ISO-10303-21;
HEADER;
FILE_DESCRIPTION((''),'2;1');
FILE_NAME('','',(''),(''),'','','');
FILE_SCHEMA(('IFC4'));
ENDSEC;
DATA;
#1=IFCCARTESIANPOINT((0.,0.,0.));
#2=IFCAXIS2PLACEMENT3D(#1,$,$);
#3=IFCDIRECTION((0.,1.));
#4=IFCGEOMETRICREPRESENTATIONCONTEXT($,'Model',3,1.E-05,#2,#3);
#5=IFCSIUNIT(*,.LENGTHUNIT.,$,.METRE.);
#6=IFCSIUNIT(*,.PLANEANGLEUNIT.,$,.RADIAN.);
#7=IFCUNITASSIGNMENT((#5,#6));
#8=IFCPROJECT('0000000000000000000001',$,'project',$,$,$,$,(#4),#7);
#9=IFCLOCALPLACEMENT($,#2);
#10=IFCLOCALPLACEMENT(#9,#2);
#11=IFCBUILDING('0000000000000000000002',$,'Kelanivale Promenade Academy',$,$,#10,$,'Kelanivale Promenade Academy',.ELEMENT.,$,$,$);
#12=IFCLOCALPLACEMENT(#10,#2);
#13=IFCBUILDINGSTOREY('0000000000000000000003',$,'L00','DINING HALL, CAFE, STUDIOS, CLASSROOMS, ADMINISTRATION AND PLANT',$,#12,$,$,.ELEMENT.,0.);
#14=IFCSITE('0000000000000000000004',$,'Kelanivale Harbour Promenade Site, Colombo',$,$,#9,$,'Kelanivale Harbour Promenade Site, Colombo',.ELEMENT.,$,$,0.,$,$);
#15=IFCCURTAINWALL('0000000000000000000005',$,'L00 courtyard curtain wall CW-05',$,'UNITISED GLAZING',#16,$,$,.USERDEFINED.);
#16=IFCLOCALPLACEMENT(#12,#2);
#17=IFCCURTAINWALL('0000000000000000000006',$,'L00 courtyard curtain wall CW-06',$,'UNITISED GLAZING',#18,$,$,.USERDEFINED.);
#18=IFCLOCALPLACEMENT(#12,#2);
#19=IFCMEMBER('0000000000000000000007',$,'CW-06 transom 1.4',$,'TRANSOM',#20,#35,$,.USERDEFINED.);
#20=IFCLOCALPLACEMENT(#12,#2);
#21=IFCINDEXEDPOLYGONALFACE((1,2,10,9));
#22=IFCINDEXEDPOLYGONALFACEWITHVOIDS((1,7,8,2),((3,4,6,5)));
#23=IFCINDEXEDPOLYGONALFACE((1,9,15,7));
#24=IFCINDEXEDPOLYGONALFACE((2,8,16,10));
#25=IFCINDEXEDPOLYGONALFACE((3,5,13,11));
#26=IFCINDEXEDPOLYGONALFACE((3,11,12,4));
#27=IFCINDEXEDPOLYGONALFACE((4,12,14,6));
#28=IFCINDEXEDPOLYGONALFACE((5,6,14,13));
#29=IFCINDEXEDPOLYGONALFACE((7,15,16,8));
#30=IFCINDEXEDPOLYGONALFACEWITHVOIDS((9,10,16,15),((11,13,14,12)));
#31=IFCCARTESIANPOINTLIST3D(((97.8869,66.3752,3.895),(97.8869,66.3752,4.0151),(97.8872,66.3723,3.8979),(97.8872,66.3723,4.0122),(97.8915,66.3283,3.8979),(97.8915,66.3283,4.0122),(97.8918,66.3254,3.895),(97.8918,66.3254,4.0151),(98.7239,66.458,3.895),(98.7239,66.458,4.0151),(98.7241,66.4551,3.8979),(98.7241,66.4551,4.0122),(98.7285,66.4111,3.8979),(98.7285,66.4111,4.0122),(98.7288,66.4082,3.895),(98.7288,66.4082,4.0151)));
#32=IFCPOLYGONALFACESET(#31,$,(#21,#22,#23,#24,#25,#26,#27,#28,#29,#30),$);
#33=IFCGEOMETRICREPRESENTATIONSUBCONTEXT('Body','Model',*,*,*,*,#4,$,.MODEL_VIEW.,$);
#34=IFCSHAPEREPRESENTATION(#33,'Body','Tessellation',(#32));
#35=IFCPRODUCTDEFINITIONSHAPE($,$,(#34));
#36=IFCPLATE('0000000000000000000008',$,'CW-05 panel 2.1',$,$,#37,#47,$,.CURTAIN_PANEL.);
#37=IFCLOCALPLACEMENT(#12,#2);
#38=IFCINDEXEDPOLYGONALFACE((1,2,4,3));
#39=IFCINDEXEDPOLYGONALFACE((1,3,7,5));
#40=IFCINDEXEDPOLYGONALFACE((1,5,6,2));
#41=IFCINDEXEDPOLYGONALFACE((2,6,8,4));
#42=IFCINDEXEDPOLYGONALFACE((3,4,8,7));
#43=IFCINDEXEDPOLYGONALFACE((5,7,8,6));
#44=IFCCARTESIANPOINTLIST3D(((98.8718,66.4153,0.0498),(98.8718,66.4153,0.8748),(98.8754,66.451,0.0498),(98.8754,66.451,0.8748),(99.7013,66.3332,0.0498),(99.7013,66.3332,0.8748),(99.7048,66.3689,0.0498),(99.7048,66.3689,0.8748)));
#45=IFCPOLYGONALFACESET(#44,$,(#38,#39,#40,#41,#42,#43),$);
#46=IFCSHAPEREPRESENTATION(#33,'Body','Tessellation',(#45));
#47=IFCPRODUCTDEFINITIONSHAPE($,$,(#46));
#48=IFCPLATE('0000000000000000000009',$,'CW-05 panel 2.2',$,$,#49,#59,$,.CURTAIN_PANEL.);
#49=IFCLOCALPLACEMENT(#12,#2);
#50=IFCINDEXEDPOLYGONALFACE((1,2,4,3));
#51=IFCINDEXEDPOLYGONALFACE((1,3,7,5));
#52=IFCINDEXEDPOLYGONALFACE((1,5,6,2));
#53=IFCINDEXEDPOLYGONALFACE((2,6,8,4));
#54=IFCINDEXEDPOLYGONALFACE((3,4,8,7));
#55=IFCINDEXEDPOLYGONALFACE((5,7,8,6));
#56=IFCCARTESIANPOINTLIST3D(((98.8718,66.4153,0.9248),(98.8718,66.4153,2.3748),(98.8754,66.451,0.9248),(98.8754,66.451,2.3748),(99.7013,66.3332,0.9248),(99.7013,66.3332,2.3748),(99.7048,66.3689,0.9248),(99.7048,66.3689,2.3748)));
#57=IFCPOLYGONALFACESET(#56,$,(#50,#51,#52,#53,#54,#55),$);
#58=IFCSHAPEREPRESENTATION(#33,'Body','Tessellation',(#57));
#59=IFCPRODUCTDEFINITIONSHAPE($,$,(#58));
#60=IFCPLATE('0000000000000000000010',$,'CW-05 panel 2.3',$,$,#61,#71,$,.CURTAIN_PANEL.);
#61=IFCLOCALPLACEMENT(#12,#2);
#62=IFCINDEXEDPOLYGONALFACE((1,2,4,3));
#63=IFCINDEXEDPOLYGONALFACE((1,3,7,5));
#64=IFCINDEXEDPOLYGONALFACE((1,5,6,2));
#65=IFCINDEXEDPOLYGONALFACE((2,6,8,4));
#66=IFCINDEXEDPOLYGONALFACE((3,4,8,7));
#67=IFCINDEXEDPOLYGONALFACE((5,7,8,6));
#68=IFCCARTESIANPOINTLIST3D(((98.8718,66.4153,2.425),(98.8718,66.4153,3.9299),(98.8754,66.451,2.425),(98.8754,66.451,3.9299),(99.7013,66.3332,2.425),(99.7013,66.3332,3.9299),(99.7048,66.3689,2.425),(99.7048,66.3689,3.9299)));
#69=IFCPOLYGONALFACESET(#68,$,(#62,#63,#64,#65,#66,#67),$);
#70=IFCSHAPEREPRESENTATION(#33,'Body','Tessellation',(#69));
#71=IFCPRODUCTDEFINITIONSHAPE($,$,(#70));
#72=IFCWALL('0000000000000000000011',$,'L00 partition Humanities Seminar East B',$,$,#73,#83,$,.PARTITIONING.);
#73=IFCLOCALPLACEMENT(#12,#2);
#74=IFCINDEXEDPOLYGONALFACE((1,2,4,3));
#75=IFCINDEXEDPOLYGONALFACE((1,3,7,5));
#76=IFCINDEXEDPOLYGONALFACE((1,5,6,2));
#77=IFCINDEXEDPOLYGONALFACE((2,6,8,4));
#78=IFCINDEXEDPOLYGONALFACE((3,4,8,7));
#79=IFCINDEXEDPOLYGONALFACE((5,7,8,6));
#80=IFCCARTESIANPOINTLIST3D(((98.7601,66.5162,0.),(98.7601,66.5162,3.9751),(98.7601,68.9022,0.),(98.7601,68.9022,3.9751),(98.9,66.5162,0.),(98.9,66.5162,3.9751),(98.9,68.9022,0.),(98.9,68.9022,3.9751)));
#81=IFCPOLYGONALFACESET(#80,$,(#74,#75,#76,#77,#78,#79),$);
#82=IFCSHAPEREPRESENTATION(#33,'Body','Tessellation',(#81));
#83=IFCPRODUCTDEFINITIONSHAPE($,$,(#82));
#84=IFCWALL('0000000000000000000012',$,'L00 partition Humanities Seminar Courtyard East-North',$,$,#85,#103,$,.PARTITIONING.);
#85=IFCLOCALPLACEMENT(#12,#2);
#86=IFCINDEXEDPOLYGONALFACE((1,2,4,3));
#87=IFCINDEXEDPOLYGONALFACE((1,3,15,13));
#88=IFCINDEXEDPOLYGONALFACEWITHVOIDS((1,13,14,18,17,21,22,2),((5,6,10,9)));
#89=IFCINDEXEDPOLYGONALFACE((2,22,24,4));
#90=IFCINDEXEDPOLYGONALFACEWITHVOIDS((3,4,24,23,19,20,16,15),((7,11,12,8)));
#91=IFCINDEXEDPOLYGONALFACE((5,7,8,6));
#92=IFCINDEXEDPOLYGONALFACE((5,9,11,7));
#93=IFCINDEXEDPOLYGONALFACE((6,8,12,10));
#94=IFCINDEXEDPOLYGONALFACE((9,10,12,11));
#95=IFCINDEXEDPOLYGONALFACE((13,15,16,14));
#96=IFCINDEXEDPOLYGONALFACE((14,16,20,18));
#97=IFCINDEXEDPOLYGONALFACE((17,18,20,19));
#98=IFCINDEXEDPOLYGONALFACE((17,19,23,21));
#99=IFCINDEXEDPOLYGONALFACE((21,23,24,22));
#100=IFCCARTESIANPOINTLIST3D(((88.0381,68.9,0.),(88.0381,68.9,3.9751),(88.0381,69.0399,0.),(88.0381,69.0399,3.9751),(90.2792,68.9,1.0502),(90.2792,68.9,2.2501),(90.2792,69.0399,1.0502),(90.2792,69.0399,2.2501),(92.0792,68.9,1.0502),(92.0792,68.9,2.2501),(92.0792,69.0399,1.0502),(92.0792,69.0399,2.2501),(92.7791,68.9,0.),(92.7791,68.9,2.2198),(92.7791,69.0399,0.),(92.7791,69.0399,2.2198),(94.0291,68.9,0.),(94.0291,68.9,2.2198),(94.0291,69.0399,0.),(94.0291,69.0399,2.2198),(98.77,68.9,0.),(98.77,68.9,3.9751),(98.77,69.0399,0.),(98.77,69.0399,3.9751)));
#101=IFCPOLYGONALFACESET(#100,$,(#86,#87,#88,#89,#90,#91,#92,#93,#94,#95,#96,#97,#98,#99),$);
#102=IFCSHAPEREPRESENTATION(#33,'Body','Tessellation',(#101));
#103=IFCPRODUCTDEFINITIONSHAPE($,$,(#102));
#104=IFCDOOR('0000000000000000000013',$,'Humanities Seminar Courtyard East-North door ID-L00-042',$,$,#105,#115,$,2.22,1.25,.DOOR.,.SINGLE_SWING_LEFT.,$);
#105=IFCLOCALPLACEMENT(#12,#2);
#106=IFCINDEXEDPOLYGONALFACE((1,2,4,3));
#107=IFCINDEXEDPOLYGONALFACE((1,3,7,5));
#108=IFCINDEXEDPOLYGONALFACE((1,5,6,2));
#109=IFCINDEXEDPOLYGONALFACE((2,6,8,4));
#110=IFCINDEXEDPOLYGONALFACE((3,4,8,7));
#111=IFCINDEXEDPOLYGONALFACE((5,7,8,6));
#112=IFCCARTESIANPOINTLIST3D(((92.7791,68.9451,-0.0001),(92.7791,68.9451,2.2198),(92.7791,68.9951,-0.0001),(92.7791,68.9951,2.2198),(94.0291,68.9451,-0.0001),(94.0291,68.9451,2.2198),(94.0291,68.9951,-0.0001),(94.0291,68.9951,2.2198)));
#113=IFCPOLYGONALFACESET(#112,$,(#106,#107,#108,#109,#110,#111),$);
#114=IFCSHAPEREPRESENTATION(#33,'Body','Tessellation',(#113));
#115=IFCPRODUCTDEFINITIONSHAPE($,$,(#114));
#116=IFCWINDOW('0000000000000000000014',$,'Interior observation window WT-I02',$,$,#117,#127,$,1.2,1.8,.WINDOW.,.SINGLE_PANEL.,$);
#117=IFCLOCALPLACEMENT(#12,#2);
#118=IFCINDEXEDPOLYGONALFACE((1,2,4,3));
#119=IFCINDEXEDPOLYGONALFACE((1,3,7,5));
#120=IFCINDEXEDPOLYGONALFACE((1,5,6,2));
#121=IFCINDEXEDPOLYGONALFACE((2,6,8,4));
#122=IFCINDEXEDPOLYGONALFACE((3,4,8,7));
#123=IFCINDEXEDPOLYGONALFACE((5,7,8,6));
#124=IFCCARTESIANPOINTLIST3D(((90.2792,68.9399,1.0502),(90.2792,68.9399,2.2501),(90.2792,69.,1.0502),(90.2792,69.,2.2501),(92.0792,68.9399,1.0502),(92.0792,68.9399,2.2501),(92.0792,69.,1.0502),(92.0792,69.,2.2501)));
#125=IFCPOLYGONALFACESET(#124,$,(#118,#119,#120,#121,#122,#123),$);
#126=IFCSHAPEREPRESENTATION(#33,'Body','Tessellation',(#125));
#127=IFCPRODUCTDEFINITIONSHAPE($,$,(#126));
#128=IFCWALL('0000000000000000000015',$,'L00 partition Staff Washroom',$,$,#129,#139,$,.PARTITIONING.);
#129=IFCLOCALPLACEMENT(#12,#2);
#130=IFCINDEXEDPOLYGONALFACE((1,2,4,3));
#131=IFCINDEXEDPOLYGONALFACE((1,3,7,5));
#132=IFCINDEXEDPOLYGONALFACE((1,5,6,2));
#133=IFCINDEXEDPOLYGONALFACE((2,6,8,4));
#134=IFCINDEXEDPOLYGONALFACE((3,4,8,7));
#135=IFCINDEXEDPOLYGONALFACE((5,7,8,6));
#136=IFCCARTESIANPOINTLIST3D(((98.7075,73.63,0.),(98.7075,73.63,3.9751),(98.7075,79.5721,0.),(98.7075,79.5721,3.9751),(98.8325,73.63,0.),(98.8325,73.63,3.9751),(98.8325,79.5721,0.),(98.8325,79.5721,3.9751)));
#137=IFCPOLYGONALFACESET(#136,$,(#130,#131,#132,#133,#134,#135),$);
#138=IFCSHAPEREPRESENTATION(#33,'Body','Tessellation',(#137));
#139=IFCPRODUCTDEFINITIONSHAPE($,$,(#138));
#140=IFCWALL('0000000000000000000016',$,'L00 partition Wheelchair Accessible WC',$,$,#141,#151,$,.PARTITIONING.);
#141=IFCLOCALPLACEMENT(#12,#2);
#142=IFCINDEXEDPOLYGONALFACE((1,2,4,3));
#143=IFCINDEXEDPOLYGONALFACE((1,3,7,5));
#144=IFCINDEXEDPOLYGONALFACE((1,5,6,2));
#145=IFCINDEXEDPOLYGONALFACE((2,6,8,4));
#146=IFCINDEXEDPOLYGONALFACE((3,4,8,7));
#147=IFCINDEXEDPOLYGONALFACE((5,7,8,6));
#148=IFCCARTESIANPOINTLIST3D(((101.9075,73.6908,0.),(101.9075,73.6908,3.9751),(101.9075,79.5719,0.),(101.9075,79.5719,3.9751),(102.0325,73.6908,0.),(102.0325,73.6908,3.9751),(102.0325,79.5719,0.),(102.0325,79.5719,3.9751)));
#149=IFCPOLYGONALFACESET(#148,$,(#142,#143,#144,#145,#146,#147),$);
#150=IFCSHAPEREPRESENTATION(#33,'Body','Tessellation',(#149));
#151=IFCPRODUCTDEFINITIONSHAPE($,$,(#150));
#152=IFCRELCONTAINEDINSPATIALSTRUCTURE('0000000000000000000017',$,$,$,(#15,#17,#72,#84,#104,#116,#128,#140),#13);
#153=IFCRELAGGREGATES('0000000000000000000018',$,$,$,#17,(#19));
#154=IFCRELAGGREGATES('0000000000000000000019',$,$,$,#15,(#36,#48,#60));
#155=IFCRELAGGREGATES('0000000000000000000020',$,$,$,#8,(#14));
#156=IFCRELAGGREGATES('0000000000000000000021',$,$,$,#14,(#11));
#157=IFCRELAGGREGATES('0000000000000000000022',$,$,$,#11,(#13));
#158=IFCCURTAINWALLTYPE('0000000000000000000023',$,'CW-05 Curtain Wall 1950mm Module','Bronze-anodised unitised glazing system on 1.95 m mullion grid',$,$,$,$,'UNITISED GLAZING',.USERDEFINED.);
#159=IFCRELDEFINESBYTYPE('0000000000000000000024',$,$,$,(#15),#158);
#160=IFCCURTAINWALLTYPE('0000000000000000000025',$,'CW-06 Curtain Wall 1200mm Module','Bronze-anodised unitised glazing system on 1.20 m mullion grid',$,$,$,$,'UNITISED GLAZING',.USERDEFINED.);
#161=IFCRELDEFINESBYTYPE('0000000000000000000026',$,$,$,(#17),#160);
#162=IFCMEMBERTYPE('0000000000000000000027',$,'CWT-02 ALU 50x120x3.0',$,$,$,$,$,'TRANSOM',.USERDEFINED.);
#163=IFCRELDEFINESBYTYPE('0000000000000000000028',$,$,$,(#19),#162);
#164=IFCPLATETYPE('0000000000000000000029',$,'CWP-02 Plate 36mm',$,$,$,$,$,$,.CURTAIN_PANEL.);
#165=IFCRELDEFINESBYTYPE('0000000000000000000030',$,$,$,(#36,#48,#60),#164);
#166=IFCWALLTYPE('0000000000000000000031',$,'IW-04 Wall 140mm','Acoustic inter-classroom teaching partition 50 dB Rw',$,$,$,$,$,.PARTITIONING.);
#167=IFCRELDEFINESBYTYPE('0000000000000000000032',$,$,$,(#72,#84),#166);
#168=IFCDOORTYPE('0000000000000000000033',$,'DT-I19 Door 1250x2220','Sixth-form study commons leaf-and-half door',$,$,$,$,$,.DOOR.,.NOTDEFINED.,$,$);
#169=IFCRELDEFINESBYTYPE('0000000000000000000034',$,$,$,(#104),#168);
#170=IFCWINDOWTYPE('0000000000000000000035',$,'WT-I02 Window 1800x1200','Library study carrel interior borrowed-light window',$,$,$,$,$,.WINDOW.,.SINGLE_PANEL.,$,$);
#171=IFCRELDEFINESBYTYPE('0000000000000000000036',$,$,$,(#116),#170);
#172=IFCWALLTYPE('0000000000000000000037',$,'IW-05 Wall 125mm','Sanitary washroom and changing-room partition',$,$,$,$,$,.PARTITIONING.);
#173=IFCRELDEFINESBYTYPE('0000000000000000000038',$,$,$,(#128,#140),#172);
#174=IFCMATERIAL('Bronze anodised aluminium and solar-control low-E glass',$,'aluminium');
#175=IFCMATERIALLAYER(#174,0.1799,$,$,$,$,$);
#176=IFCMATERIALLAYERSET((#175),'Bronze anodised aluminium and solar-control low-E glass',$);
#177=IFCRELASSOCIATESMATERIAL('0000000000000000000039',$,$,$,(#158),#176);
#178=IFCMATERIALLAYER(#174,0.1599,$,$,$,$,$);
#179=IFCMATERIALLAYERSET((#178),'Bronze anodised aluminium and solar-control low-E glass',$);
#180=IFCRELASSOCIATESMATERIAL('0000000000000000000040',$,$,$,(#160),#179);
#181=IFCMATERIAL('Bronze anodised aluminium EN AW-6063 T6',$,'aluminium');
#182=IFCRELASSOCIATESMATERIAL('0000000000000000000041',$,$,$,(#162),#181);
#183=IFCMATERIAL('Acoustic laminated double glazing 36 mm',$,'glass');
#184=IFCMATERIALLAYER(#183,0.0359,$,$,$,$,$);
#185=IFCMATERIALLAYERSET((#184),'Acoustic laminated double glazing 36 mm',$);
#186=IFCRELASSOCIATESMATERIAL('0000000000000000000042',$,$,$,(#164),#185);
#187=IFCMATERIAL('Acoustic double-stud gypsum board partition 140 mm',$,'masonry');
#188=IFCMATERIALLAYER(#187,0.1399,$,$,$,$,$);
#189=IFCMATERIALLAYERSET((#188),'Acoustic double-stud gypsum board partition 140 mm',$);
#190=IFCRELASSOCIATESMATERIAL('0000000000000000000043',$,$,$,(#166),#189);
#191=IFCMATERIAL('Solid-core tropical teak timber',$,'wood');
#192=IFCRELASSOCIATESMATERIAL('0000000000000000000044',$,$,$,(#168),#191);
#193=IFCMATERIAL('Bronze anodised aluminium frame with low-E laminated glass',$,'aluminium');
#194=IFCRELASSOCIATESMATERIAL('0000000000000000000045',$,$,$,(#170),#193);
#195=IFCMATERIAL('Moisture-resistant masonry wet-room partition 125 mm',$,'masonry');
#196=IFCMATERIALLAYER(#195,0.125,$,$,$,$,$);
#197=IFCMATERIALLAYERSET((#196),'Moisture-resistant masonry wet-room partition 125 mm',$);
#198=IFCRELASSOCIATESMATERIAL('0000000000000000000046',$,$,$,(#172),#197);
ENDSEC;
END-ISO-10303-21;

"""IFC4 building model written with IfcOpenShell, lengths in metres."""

from ifc_helpers import new_model, si_unit, direction, frame, frame_2d, origin, origin_2d, place, context, subcontext, project, spatial, rectangle, hollow_rectangle, extrude, material, layer, layer_set, material_profile, profile_set, type_object, element, fill, aggregate, save


model = new_model("IFC4")

# Units and contexts
model_context = context("Model", 3, precision=1e-05, world=origin(), true_north=direction((0.0, 1.0)))
body_context = subcontext(model_context, "Body", "Model", "MODEL_VIEW")
ifc_project = project(units=[si_unit("LENGTHUNIT", "METRE"), si_unit("PLANEANGLEUNIT", "RADIAN")], contexts=[model_context])

# Site, building, storey
site_placement = place(None, origin())
site = spatial("IfcSite", under=ifc_project, at=site_placement, Name="Kelanivale Harbour Promenade Site, Colombo", LongName="Kelanivale Harbour Promenade Site, Colombo", CompositionType="ELEMENT", RefElevation=0.0)
building_placement = place(site_placement, origin())
building = spatial("IfcBuilding", under=site, at=building_placement, Name="Kelanivale Promenade Academy", LongName="Kelanivale Promenade Academy", CompositionType="ELEMENT")
storey_placement = place(building_placement, origin())
storey = spatial("IfcBuildingStorey", under=building, at=storey_placement, Name="L00", Description="DINING HALL, CAFE, STUDIOS, CLASSROOMS, ADMINISTRATION AND PLANT", CompositionType="ELEMENT", Elevation=0.0)

# Curtain wall
ifc_material_1 = material(Name="Bronze anodised aluminium and solar-control low-E glass", Category="aluminium")
ifc_layer_1 = layer(ifc_material_1, 0.1799)
ifc_layer_set_1 = layer_set([ifc_layer_1], Name="Bronze anodised aluminium and solar-control low-E glass")
curtain_wall_type_1 = type_object("IfcCurtainWallType", Name="CW-05 Curtain Wall 1950mm Module", Description="Bronze-anodised unitised glazing system on 1.95 m mullion grid", ElementType="UNITISED GLAZING", PredefinedType="USERDEFINED", material=ifc_layer_set_1)
curtain_wall_1_placement = place(storey_placement, origin())
curtain_wall_1 = element("IfcCurtainWall", 1, at=curtain_wall_1_placement, inside=storey, type_object=curtain_wall_type_1, Name="L00 courtyard curtain wall CW-05", ObjectType="UNITISED GLAZING", PredefinedType="USERDEFINED")
ifc_material_2 = material(Name="Bronze anodised aluminium EN AW-6063 T6", Category="aluminium")

# Curtain wall
ifc_layer_2 = layer(ifc_material_1, 0.1599)
ifc_layer_set_2 = layer_set([ifc_layer_2], Name="Bronze anodised aluminium and solar-control low-E glass")
curtain_wall_type_2 = type_object("IfcCurtainWallType", Name="CW-06 Curtain Wall 1200mm Module", Description="Bronze-anodised unitised glazing system on 1.20 m mullion grid", ElementType="UNITISED GLAZING", PredefinedType="USERDEFINED", material=ifc_layer_set_2)
curtain_wall_2_placement = place(storey_placement, origin())
curtain_wall_2 = element("IfcCurtainWall", 2, at=curtain_wall_2_placement, inside=storey, type_object=curtain_wall_type_2, Name="L00 courtyard curtain wall CW-06", ObjectType="UNITISED GLAZING", PredefinedType="USERDEFINED")

# Member
ifc_material_profile_1 = material_profile(ifc_material_2, hollow_rectangle(XDim=0.05, YDim=0.1201, WallThickness=0.0029, at=origin_2d()), Name="ALU 50x120x3.0")
ifc_profile_set_1 = profile_set([ifc_material_profile_1], Name="Bronze anodised aluminium EN AW-6063 T6")
member_type_1 = type_object("IfcMemberType", Name="CWT-02 ALU 50x120x3.0", ElementType="TRANSOM", PredefinedType="USERDEFINED", material=ifc_profile_set_1)
member_1_placement = place(storey_placement, frame((98.7263, 66.4331, 3.9551), z_axis=(-0.995146, -0.098411, 0.0), x_axis=(0.098411, -0.995146, 0.0)))
member_1 = element("IfcMember", 3, at=member_1_placement, type_object=member_type_1, Name="CW-06 transom 1.4", ObjectType="TRANSOM", PredefinedType="USERDEFINED", context=body_context, shape_type="SweptSolid", body=[
    extrude(hollow_rectangle(XDim=0.05, YDim=0.1201, WallThickness=0.0029, at=origin_2d()), origin(), (0.0, 0.0, 1.0), 0.8411),
])
aggregate(curtain_wall_2, [member_1])

# Plates
ifc_material_3 = material(Name="Acoustic laminated double glazing 36 mm", Category="glass")
ifc_layer_3 = layer(ifc_material_3, 0.0359)
ifc_layer_set_3 = layer_set([ifc_layer_3], Name="Acoustic laminated double glazing 36 mm")
plate_type = type_object("IfcPlateType", Name="CWP-02 Plate 36mm", PredefinedType="CURTAIN_PANEL", material=ifc_layer_set_3)
plate_1_placement = place(storey_placement, frame((99.2883, 66.3921, 0.0498), z_axis=(0.0, 0.0, 1.0), x_axis=(-0.995133, 0.098539, 0.0)))
plate_1 = element("IfcPlate", 4, at=plate_1_placement, type_object=plate_type, Name="CW-05 panel 2.1", PredefinedType="CURTAIN_PANEL", context=body_context, shape_type="SweptSolid", body=[
    extrude(rectangle(XDim=0.8335, YDim=0.0359, at=origin_2d()), origin(), (0.0, 0.0, 1.0), 0.825),
])
plate_2_placement = place(storey_placement, frame((99.2883, 66.3921, 0.9248), z_axis=(0.0, 0.0, 1.0), x_axis=(-0.995133, 0.098539, 0.0)))
plate_2 = element("IfcPlate", 5, at=plate_2_placement, type_object=plate_type, Name="CW-05 panel 2.2", PredefinedType="CURTAIN_PANEL", context=body_context, shape_type="SweptSolid", body=[
    extrude(rectangle(XDim=0.8335, YDim=0.0359, at=origin_2d()), origin(), (0.0, 0.0, 1.0), 1.45),
])
plate_3_placement = place(storey_placement, frame((99.2883, 66.3921, 2.425), z_axis=(0.0, 0.0, 1.0), x_axis=(-0.995133, 0.098539, 0.0)))
plate_3 = element("IfcPlate", 6, at=plate_3_placement, type_object=plate_type, Name="CW-05 panel 2.3", PredefinedType="CURTAIN_PANEL", context=body_context, shape_type="SweptSolid", body=[
    extrude(rectangle(XDim=0.8335, YDim=0.0359, at=origin_2d()), origin(), (0.0, 0.0, 1.0), 1.5049),
])
aggregate(curtain_wall_1, [plate_1, plate_2, plate_3])

# Wall
ifc_material_4 = material(Name="Acoustic double-stud gypsum board partition 140 mm", Category="masonry")
ifc_layer_4 = layer(ifc_material_4, 0.1399)
ifc_layer_set_4 = layer_set([ifc_layer_4], Name="Acoustic double-stud gypsum board partition 140 mm")
wall_type_1 = type_object("IfcWallType", Name="IW-04 Wall 140mm", Description="Acoustic inter-classroom teaching partition 50 dB Rw", PredefinedType="PARTITIONING", material=ifc_layer_set_4)
wall_1_placement = place(storey_placement, frame((98.8301, 68.9021, 0.0), z_axis=(0.0, 0.0, 1.0), x_axis=(0.0, -1.0, 0.0)))
element("IfcWall", 7, at=wall_1_placement, inside=storey, type_object=wall_type_1, Name="L00 partition Humanities Seminar East B", PredefinedType="PARTITIONING", context=body_context, shape_type="SweptSolid", body=[
    extrude(rectangle(XDim=2.386, YDim=0.1399, at=frame_2d((1.1929, 0.0))), origin(), (0.0, 0.0, 1.0), 3.9751),
])

# Wall, openings, door, window
wall_2_placement = place(storey_placement, frame((98.77, 68.97, 0.0), z_axis=(0.0, 0.0, 1.0), x_axis=(-1.0, 0.0, 0.0)))
wall_2 = element("IfcWall", 8, at=wall_2_placement, inside=storey, type_object=wall_type_1, Name="L00 partition Humanities Seminar Courtyard East-North", PredefinedType="PARTITIONING", context=body_context, shape_type="SweptSolid", body=[
    extrude(rectangle(XDim=10.7319, YDim=0.1399, at=frame_2d((5.366, 0.0))), origin(), (0.0, 0.0, 1.0), 3.9751),
])
opening_1_placement = place(wall_2_placement, frame((4.741, 0.0, 0.0)))
opening_1 = element("IfcOpeningElement", 9, at=opening_1_placement, cuts=wall_2, PredefinedType="OPENING", context=body_context, shape_type="SweptSolid", body=[
    extrude(rectangle(XDim=1.25, YDim=2.22, at=frame_2d((0.625, 1.1099))), frame((0.0, 0.0801, 0.0), z_axis=(0.0, -1.0, 0.0), x_axis=(1.0, 0.0, 0.0)), (0.0, 0.0, 1.0), 0.1599),
])
opening_2_placement = place(wall_2_placement, frame((6.6909, 0.0, 1.05)))
opening_2 = element("IfcOpeningElement", 10, at=opening_2_placement, cuts=wall_2, PredefinedType="OPENING", context=body_context, shape_type="SweptSolid", body=[
    extrude(rectangle(XDim=1.8, YDim=1.2, at=frame_2d((0.8999, 0.6001))), frame((0.0, 0.0801, 0.0), z_axis=(0.0, -1.0, 0.0), x_axis=(1.0, 0.0, 0.0)), (0.0, 0.0, 1.0), 0.1599),
])
ifc_material_5 = material(Name="Solid-core tropical teak timber", Category="wood")
door_type_1 = type_object("IfcDoorType", Name="DT-I19 Door 1250x2220", Description="Sixth-form study commons leaf-and-half door", OperationType="NOTDEFINED", PredefinedType="DOOR", material=ifc_material_5)
door_1_placement = place(opening_1_placement, origin())
door_1 = element("IfcDoor", 11, at=door_1_placement, inside=storey, type_object=door_type_1, Name="Humanities Seminar Courtyard East-North door ID-L00-042", OperationType="SINGLE_SWING_LEFT", OverallHeight=2.22, OverallWidth=1.25, PredefinedType="DOOR", context=body_context, shape_type="SweptSolid", body=[
    extrude(rectangle(XDim=1.25, YDim=2.22, at=frame_2d((0.625, 1.1099))), frame((0.0, 0.0249, 0.0), z_axis=(0.0, -1.0, 0.0), x_axis=(1.0, 0.0, 0.0)), (0.0, 0.0, 1.0), 0.05),
])
fill(opening_1, door_1)
ifc_material_6 = material(Name="Bronze anodised aluminium frame with low-E laminated glass", Category="aluminium")
window_type = type_object("IfcWindowType", Name="WT-I02 Window 1800x1200", Description="Library study carrel interior borrowed-light window", PartitioningType="SINGLE_PANEL", PredefinedType="WINDOW", material=ifc_material_6)
window_placement = place(opening_2_placement, origin())
window = element("IfcWindow", 12, at=window_placement, inside=storey, type_object=window_type, Name="Interior observation window WT-I02", OverallHeight=1.2, OverallWidth=1.8, PartitioningType="SINGLE_PANEL", PredefinedType="WINDOW", context=body_context, shape_type="SweptSolid", body=[
    extrude(rectangle(XDim=1.8, YDim=1.2, at=frame_2d((0.8999, 0.6001))), frame((0.0, 0.03, 0.0), z_axis=(0.0, -1.0, 0.0), x_axis=(1.0, 0.0, 0.0)), (0.0, 0.0, 1.0), 0.0601),
])
fill(opening_2, window)

# Wall
ifc_material_7 = material(Name="Moisture-resistant masonry wet-room partition 125 mm", Category="masonry")
ifc_layer_5 = layer(ifc_material_7, 0.125)
ifc_layer_set_5 = layer_set([ifc_layer_5], Name="Moisture-resistant masonry wet-room partition 125 mm")
wall_type_2 = type_object("IfcWallType", Name="IW-05 Wall 125mm", Description="Sanitary washroom and changing-room partition", PredefinedType="PARTITIONING", material=ifc_layer_set_5)
wall_3_placement = place(storey_placement, frame((98.77, 73.6299, 0.0), z_axis=(0.0, 0.0, 1.0), x_axis=(0.0, 1.0, 0.0)))
element("IfcWall", 13, at=wall_3_placement, inside=storey, type_object=wall_type_2, Name="L00 partition Staff Washroom", PredefinedType="PARTITIONING", context=body_context, shape_type="SweptSolid", body=[
    extrude(rectangle(XDim=5.9421, YDim=0.125, at=frame_2d((2.9712, 0.0))), origin(), (0.0, 0.0, 1.0), 3.9751),
])

# Wall
wall_4_placement = place(storey_placement, frame((101.97, 73.6909, 0.0), z_axis=(0.0, 0.0, 1.0), x_axis=(0.0, 1.0, 0.0)))
element("IfcWall", 14, at=wall_4_placement, inside=storey, type_object=wall_type_2, Name="L00 partition Wheelchair Accessible WC", PredefinedType="PARTITIONING", context=body_context, shape_type="SweptSolid", body=[
    extrude(rectangle(XDim=5.8811, YDim=0.125, at=frame_2d((2.9404, 0.0))), origin(), (0.0, 0.0, 1.0), 3.9751),
])

save(model, "model.ifc")
